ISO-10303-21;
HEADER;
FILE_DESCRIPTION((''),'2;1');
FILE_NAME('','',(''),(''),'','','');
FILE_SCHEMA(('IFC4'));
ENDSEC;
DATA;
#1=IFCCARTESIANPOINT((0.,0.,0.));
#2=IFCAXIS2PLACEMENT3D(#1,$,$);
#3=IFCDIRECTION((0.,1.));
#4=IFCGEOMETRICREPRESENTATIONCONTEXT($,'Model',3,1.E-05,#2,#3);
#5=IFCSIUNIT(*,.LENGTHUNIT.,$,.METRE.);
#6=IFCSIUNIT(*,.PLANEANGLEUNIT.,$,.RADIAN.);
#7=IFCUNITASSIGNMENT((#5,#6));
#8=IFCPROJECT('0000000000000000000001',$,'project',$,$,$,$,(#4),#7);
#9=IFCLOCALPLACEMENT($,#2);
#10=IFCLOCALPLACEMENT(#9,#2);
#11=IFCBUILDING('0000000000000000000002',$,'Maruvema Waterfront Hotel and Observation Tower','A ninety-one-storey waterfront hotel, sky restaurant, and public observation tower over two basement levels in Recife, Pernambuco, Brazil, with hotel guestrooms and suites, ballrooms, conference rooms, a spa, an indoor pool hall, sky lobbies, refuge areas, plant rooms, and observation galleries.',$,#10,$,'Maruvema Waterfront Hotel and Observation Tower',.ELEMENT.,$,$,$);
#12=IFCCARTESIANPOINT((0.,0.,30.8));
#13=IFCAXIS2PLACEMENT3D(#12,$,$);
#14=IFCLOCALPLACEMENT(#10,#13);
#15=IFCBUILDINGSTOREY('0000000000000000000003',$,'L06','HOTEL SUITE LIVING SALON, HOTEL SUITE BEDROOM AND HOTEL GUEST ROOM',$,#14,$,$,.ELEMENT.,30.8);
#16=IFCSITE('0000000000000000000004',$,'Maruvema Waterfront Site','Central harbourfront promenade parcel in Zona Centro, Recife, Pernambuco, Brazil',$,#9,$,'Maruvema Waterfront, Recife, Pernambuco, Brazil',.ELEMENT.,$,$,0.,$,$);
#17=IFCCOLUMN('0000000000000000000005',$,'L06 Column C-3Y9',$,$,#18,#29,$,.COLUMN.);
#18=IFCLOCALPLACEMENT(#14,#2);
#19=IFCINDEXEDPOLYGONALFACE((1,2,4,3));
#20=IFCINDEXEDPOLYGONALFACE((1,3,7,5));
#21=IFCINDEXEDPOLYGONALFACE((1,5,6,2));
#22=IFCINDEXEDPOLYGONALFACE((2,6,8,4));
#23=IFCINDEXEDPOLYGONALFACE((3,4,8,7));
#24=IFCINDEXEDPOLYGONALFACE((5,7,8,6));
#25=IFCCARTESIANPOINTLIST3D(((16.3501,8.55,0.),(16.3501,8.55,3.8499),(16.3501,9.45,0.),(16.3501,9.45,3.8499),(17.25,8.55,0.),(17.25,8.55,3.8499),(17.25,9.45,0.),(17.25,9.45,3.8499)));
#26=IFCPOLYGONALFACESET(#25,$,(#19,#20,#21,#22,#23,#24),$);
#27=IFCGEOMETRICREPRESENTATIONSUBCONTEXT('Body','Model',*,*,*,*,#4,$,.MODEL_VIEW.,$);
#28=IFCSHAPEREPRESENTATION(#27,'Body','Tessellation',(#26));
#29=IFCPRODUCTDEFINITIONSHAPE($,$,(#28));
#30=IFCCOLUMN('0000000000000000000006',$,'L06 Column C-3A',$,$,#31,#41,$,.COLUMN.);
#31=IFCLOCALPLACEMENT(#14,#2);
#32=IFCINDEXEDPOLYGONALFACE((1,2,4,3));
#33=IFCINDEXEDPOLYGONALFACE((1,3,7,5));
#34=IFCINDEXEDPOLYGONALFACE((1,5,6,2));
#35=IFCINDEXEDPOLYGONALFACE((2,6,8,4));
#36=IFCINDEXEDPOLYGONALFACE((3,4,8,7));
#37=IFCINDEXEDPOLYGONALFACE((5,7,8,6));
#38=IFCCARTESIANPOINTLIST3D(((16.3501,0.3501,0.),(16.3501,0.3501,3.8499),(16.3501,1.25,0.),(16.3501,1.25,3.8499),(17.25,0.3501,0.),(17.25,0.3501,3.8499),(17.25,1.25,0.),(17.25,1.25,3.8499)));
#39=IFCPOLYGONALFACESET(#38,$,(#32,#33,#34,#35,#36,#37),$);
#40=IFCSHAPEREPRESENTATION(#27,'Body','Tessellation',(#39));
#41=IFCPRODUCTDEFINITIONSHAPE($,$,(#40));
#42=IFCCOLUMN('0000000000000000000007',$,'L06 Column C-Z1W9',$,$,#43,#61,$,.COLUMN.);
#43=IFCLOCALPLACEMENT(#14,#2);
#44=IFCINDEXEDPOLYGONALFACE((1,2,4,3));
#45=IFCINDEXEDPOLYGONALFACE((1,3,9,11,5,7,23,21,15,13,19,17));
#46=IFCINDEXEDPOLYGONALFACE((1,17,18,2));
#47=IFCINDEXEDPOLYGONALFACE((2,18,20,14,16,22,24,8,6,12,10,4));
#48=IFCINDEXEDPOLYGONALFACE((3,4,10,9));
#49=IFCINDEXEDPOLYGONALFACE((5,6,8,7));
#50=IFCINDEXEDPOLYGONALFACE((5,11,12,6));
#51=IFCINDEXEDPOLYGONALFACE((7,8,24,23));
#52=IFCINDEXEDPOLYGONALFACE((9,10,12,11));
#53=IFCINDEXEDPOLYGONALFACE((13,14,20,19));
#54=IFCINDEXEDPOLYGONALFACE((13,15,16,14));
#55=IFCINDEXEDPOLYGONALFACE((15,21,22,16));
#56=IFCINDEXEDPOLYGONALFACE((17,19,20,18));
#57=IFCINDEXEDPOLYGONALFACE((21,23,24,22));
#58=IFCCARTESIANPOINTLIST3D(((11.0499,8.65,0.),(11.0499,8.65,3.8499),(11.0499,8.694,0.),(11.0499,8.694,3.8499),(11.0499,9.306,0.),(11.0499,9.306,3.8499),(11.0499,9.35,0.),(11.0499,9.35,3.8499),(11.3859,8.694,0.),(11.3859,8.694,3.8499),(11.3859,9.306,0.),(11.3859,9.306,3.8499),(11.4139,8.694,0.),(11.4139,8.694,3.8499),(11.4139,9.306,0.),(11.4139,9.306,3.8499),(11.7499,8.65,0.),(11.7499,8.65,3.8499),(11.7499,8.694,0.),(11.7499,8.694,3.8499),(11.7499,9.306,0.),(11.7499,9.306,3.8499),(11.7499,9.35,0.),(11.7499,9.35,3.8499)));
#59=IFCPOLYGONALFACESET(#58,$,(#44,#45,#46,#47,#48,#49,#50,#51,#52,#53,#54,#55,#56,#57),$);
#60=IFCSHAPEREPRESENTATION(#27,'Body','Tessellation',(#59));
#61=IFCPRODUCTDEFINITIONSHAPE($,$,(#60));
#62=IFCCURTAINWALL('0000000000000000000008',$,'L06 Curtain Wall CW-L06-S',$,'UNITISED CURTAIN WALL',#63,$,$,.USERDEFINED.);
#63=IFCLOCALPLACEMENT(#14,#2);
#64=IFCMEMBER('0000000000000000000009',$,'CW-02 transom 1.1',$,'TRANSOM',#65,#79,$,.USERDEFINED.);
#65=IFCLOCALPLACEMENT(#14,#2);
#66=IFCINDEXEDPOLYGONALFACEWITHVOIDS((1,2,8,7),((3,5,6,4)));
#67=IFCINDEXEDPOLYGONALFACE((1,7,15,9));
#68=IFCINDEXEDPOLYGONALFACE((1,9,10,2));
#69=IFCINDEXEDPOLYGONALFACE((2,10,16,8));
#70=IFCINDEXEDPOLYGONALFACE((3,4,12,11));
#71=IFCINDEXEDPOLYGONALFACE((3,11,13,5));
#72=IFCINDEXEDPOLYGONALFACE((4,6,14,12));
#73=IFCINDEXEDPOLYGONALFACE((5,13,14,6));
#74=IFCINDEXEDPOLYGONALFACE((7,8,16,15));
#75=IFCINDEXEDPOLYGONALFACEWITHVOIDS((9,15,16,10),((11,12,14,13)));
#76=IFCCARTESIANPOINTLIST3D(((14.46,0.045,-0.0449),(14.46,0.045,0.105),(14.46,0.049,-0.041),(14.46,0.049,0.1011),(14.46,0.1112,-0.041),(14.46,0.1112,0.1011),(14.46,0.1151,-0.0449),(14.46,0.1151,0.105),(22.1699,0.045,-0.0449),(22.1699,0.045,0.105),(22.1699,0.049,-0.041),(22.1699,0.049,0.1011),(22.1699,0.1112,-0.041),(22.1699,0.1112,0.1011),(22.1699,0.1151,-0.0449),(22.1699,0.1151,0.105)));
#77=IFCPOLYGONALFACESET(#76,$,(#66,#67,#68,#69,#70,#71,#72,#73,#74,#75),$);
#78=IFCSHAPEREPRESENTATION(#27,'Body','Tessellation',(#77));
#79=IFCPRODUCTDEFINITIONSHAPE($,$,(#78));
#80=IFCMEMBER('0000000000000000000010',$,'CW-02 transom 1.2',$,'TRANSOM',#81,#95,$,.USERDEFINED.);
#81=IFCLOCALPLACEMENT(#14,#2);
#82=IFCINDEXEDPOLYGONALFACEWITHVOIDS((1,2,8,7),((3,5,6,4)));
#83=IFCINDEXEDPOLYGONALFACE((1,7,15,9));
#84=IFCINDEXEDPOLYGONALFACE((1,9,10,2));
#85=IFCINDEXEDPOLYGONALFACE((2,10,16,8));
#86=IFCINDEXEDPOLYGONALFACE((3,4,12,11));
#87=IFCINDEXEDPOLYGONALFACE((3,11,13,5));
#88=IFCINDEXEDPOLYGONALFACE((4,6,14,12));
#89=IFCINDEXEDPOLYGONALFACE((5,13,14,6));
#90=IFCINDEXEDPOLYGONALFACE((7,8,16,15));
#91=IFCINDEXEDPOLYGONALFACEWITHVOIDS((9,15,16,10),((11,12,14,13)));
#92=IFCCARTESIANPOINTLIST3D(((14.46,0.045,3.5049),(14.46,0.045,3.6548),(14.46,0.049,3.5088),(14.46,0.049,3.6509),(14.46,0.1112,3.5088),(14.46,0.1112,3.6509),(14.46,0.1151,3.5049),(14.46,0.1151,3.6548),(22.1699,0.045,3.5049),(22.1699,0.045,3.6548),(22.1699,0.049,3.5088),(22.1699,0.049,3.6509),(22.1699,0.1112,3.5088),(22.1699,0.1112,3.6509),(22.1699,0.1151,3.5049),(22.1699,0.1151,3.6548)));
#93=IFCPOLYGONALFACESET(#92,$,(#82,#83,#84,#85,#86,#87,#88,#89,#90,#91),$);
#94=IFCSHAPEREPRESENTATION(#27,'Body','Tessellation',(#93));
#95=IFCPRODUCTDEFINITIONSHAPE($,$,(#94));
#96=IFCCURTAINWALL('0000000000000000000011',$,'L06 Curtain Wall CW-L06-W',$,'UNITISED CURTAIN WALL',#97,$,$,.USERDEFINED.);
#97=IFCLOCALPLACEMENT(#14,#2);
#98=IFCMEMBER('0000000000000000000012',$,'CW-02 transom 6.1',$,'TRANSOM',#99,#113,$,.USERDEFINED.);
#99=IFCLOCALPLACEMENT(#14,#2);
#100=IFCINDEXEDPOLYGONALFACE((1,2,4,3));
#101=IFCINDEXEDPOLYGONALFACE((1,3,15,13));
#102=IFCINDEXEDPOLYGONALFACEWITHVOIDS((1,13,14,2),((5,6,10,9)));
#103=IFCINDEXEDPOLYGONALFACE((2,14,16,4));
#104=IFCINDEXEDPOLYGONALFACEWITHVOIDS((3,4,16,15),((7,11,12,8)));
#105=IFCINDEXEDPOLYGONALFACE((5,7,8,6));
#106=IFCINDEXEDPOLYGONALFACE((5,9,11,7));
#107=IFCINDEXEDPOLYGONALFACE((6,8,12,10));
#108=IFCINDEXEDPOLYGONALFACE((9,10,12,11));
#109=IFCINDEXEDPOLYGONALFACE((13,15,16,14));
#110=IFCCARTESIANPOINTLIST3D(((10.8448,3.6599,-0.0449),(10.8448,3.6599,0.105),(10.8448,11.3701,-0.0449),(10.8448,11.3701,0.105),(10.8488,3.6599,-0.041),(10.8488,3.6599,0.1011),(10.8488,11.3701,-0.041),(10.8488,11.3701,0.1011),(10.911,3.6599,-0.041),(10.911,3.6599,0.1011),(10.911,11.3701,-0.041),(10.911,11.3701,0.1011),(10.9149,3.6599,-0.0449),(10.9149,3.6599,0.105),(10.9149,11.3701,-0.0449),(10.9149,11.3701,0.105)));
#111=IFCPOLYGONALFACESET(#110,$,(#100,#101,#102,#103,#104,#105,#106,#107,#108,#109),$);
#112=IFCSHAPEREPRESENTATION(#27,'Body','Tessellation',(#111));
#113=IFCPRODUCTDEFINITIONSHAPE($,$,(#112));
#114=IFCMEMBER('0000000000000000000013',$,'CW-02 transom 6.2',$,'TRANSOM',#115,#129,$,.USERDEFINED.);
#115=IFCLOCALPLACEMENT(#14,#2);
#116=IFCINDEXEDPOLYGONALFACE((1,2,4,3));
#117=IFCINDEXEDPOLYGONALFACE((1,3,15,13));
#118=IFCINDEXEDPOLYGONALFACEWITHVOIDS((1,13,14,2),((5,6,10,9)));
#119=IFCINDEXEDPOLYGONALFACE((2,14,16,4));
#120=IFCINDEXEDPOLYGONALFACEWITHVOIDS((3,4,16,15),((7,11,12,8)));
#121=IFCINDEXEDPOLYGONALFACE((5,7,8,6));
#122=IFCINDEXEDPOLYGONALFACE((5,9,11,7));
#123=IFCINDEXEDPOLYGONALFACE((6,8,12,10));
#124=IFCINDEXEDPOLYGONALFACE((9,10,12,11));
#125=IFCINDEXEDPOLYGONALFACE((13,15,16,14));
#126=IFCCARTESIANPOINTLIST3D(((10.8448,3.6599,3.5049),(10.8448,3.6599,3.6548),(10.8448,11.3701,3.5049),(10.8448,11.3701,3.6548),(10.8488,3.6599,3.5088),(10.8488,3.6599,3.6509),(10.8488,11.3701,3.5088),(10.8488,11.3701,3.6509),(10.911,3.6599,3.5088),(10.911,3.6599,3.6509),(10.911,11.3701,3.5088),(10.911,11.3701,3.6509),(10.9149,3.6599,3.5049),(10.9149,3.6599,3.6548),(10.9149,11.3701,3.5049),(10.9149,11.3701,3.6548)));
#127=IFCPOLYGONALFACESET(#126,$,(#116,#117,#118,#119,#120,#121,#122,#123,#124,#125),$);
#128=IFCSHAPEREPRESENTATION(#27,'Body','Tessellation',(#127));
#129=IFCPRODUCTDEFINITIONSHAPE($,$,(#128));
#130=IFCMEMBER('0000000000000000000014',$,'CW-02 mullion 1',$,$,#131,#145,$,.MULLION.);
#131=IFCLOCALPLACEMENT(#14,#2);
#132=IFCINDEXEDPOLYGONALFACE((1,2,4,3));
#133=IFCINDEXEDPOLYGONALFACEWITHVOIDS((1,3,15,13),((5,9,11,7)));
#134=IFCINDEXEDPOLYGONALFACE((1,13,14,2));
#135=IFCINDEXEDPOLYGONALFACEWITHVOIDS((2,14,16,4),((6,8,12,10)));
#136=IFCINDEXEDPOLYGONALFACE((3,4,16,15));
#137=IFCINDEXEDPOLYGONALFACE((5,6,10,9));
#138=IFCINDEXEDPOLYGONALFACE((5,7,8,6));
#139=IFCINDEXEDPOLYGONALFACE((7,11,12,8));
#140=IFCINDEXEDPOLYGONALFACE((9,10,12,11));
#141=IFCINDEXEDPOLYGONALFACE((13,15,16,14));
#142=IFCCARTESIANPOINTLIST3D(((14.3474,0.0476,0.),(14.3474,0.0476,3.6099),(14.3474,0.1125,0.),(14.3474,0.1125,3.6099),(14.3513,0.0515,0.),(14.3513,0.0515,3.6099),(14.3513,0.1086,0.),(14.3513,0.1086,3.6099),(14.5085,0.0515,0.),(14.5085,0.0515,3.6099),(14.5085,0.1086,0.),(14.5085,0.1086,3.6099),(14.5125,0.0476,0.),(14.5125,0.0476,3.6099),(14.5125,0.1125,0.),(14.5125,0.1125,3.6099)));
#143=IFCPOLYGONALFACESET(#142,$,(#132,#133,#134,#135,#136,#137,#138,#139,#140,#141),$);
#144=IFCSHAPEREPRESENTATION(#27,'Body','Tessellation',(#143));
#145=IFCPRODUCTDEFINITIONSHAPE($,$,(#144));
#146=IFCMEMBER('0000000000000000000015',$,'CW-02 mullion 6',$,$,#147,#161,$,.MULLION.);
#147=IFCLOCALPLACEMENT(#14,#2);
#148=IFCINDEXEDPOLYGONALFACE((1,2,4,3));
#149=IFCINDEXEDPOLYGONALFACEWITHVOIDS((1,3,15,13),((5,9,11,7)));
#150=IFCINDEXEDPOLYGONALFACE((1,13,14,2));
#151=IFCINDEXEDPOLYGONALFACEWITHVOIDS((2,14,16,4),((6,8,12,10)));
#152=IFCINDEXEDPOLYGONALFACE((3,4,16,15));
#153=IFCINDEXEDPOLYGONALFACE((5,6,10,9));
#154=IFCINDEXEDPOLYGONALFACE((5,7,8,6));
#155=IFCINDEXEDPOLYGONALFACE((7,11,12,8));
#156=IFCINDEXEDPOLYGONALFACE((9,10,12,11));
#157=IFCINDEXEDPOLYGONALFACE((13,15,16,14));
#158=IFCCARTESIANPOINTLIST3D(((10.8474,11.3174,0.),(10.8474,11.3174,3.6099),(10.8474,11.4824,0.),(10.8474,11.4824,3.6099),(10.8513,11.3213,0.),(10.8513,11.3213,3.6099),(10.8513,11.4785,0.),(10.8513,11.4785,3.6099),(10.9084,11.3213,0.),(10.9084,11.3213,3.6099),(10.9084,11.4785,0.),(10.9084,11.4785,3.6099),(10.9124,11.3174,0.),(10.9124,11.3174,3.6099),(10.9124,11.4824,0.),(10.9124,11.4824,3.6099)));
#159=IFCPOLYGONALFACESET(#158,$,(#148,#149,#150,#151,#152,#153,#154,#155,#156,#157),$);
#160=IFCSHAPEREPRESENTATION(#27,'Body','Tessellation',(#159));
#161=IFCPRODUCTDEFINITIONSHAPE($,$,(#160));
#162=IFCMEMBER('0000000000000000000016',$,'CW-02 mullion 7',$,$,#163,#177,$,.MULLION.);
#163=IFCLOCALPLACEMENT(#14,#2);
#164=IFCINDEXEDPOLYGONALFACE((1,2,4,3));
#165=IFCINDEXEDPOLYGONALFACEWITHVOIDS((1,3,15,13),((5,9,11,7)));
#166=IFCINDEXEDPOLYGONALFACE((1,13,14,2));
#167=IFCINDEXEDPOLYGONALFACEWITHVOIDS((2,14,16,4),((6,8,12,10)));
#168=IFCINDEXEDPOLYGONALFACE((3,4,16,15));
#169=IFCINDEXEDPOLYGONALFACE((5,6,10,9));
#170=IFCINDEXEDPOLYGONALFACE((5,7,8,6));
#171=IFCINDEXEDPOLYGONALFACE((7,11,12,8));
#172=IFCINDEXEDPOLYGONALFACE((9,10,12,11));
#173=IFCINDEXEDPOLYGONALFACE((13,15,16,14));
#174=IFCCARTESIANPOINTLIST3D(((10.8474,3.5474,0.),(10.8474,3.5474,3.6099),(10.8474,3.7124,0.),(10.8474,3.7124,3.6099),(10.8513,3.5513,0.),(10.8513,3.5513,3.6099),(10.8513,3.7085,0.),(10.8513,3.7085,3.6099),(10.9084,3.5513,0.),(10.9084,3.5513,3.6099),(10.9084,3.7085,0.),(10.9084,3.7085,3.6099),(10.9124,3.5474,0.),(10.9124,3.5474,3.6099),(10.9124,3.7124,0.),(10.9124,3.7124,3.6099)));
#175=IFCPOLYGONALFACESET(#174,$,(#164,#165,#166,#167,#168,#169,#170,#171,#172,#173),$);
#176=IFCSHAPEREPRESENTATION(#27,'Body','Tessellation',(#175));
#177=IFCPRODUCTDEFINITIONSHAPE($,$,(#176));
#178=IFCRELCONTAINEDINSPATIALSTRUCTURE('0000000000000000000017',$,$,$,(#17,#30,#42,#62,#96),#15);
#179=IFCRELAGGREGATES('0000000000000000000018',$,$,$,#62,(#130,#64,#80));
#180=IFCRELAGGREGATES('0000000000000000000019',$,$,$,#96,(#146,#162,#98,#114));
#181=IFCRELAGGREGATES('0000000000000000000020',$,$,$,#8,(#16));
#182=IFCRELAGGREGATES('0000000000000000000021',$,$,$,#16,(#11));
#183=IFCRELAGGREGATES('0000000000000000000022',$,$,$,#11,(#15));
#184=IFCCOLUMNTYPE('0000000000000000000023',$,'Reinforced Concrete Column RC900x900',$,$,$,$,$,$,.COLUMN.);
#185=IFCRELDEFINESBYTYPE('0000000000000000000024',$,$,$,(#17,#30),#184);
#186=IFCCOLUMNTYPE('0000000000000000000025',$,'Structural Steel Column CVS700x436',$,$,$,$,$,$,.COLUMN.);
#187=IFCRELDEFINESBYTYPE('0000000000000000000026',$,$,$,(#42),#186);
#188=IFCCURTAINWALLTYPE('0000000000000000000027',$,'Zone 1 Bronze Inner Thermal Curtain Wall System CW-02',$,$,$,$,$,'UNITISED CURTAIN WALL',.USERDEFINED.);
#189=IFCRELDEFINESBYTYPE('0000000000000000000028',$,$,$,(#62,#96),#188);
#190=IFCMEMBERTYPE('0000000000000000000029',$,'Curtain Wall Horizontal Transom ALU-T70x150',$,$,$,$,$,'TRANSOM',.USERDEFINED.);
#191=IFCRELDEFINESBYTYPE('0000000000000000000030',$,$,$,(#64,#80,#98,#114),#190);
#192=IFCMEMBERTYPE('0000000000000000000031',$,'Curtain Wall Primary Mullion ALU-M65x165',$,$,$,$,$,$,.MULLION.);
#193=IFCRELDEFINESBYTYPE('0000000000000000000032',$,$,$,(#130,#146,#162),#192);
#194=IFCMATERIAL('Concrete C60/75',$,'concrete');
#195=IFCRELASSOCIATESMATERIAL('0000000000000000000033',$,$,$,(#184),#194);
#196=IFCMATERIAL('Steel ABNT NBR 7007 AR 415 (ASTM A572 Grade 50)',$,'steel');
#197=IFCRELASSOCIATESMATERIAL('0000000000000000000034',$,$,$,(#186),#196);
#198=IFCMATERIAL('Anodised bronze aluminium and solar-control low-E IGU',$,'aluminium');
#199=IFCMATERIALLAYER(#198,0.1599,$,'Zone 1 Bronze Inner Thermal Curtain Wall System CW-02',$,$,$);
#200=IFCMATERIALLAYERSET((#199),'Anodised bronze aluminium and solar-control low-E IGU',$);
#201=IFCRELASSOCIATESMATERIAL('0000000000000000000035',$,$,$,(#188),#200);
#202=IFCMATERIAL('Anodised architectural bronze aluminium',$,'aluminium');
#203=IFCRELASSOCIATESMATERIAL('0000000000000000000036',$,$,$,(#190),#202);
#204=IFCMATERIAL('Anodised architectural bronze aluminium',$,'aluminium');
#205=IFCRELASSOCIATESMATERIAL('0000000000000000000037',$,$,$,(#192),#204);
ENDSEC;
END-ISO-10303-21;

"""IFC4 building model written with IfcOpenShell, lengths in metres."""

from ifc_helpers import new_model, si_unit, direction, frame, origin, origin_2d, place, context, subcontext, project, spatial, rectangle, hollow_rectangle, i_section, extrude, material, layer, layer_set, material_profile, profile_set, type_object, element, aggregate, save


model = new_model("IFC4")

# Units and contexts
model_context = context("Model", 3, precision=1e-05, world=origin(), true_north=direction((0.0, 1.0)))
body_context = subcontext(model_context, "Body", "Model", "MODEL_VIEW")
ifc_project = project(units=[si_unit("LENGTHUNIT", "METRE"), si_unit("PLANEANGLEUNIT", "RADIAN")], contexts=[model_context])

# Site, building, storey
site_placement = place(None, origin())
site = spatial("IfcSite", under=ifc_project, at=site_placement, Name="Maruvema Waterfront Site", Description="Central harbourfront promenade parcel in Zona Centro, Recife, Pernambuco, Brazil", LongName="Maruvema Waterfront, Recife, Pernambuco, Brazil", CompositionType="ELEMENT", RefElevation=0.0)
building_placement = place(site_placement, origin())
building = spatial("IfcBuilding", under=site, at=building_placement, Name="Maruvema Waterfront Hotel and Observation Tower", Description="A ninety-one-storey waterfront hotel, sky restaurant, and public observation tower over two basement levels in Recife, Pernambuco, Brazil, with hotel guestrooms and suites, ballrooms, conference rooms, a spa, an indoor pool hall, sky lobbies, refuge areas, plant rooms, and observation galleries.", LongName="Maruvema Waterfront Hotel and Observation Tower", CompositionType="ELEMENT")
storey_placement = place(building_placement, frame((0.0, 0.0, 30.8)))
storey = spatial("IfcBuildingStorey", under=building, at=storey_placement, Name="L06", Description="HOTEL SUITE LIVING SALON, HOTEL SUITE BEDROOM AND HOTEL GUEST ROOM", CompositionType="ELEMENT", Elevation=30.8)

# Columns
ifc_material_1 = material(Name="Concrete C60/75", Category="concrete")
ifc_material_profile_1 = material_profile(ifc_material_1, rectangle(XDim=0.8999, YDim=0.8999, at=origin_2d()), Name="RC900x900")
ifc_profile_set_1 = profile_set([ifc_material_profile_1], Name="Concrete C60/75")
column_type_1 = type_object("IfcColumnType", Name="Reinforced Concrete Column RC900x900", PredefinedType="COLUMN", material=ifc_profile_set_1)
for number, where, z_axis, x_axis, name in (
    (1, (16.8, 9.0, 0.0), (0.0, 0.0, 1.0), (1.0, 0.0, 0.0), "L06 Column C-3Y9"),
    (2, (16.8, 0.8, 0.0), (0.0, 0.0, 1.0), (1.0, 0.0, 0.0), "L06 Column C-3A"),
):
    element("IfcColumn", number, at=place(storey_placement, frame(where, z_axis=z_axis, x_axis=x_axis)), inside=storey, type_object=column_type_1, Name=name, PredefinedType="COLUMN", context=body_context, shape_type="SweptSolid", body=[
        extrude(rectangle(XDim=0.8999, YDim=0.8999, at=origin_2d()), origin(), (0.0, 0.0, 1.0), 3.8499),
    ])
ifc_material_2 = material(Name="Steel ABNT NBR 7007 AR 415 (ASTM A572 Grade 50)", Category="steel")
ifc_material_profile_2 = material_profile(ifc_material_2, i_section(OverallWidth=0.7, OverallDepth=0.7, WebThickness=0.0281, FlangeThickness=0.0439, at=origin_2d()), Name="CVS700x436")
ifc_profile_set_2 = profile_set([ifc_material_profile_2], Name="Steel ABNT NBR 7007 AR 415 (ASTM A572 Grade 50)")
column_type_2 = type_object("IfcColumnType", Name="Structural Steel Column CVS700x436", PredefinedType="COLUMN", material=ifc_profile_set_2)
column_placement = place(storey_placement, frame((11.3999, 9.0, 0.0), z_axis=(0.0, 0.0, 1.0), x_axis=(1.0, 0.0, 0.0)))
element("IfcColumn", 3, at=column_placement, inside=storey, type_object=column_type_2, Name="L06 Column C-Z1W9", PredefinedType="COLUMN", context=body_context, shape_type="SweptSolid", body=[
    extrude(i_section(OverallWidth=0.7, OverallDepth=0.7, WebThickness=0.0281, FlangeThickness=0.0439, at=origin_2d()), origin(), (0.0, 0.0, 1.0), 3.8499),
])

# Curtain walls, members
ifc_material_3 = material(Name="Anodised bronze aluminium and solar-control low-E IGU", Category="aluminium")
ifc_layer_1 = layer(ifc_material_3, 0.1599, Name="Zone 1 Bronze Inner Thermal Curtain Wall System CW-02")
ifc_layer_set_1 = layer_set([ifc_layer_1], Name="Anodised bronze aluminium and solar-control low-E IGU")
curtain_wall_type = type_object("IfcCurtainWallType", Name="Zone 1 Bronze Inner Thermal Curtain Wall System CW-02", ElementType="UNITISED CURTAIN WALL", PredefinedType="USERDEFINED", material=ifc_layer_set_1)
curtain_wall_1_placement = place(storey_placement, origin())
curtain_wall_1 = element("IfcCurtainWall", 4, at=curtain_wall_1_placement, inside=storey, type_object=curtain_wall_type, Name="L06 Curtain Wall CW-L06-S", ObjectType="UNITISED CURTAIN WALL", PredefinedType="USERDEFINED")
ifc_material_4 = material(Name="Anodised architectural bronze aluminium", Category="aluminium")
ifc_material_profile_3 = material_profile(ifc_material_4, hollow_rectangle(XDim=0.0701, YDim=0.1499, WallThickness=0.0039, at=origin_2d()), Name="ALU-T70x150")
ifc_profile_set_3 = profile_set([ifc_material_profile_3], Name="Anodised architectural bronze aluminium")
member_type_1 = type_object("IfcMemberType", Name="Curtain Wall Horizontal Transom ALU-T70x150", ElementType="TRANSOM", PredefinedType="USERDEFINED", material=ifc_profile_set_3)
member_1_placement = place(storey_placement, frame((14.46, 0.0801, 0.03), z_axis=(1.0, 0.0, 0.0), x_axis=(0.0, 1.0, 0.0)))
member_1 = element("IfcMember", 5, at=member_1_placement, type_object=member_type_1, Name="CW-02 transom 1.1", ObjectType="TRANSOM", PredefinedType="USERDEFINED", context=body_context, shape_type="SweptSolid", body=[
    extrude(hollow_rectangle(XDim=0.0701, YDim=0.1499, WallThickness=0.0039, at=origin_2d()), origin(), (0.0, 0.0, 1.0), 7.71),
])
member_2_placement = place(storey_placement, frame((14.46, 0.0801, 3.5798), z_axis=(1.0, 0.0, 0.0), x_axis=(0.0, 1.0, 0.0)))
member_2 = element("IfcMember", 6, at=member_2_placement, type_object=member_type_1, Name="CW-02 transom 1.2", ObjectType="TRANSOM", PredefinedType="USERDEFINED", context=body_context, shape_type="SweptSolid", body=[
    extrude(hollow_rectangle(XDim=0.0701, YDim=0.1499, WallThickness=0.0039, at=origin_2d()), origin(), (0.0, 0.0, 1.0), 7.71),
])
curtain_wall_2_placement = place(storey_placement, origin())
curtain_wall_2 = element("IfcCurtainWall", 7, at=curtain_wall_2_placement, inside=storey, type_object=curtain_wall_type, Name="L06 Curtain Wall CW-L06-W", ObjectType="UNITISED CURTAIN WALL", PredefinedType="USERDEFINED")
member_3_placement = place(storey_placement, frame((10.8799, 11.3701, 0.03), z_axis=(0.0, -1.0, 0.0), x_axis=(1.0, 0.0, 0.0)))
member_3 = element("IfcMember", 8, at=member_3_placement, type_object=member_type_1, Name="CW-02 transom 6.1", ObjectType="TRANSOM", PredefinedType="USERDEFINED", context=body_context, shape_type="SweptSolid", body=[
    extrude(hollow_rectangle(XDim=0.0701, YDim=0.1499, WallThickness=0.0039, at=origin_2d()), origin(), (0.0, 0.0, 1.0), 7.7102),
])
member_4_placement = place(storey_placement, frame((10.8799, 11.3701, 3.5798), z_axis=(0.0, -1.0, 0.0), x_axis=(1.0, 0.0, 0.0)))
member_4 = element("IfcMember", 9, at=member_4_placement, type_object=member_type_1, Name="CW-02 transom 6.2", ObjectType="TRANSOM", PredefinedType="USERDEFINED", context=body_context, shape_type="SweptSolid", body=[
    extrude(hollow_rectangle(XDim=0.0701, YDim=0.1499, WallThickness=0.0039, at=origin_2d()), origin(), (0.0, 0.0, 1.0), 7.7102),
])

# Members
ifc_material_5 = material(Name="Anodised architectural bronze aluminium", Category="aluminium")
ifc_material_profile_4 = material_profile(ifc_material_5, hollow_rectangle(XDim=0.0649, YDim=0.165, WallThickness=0.0039, at=origin_2d()), Name="ALU-M65x165")
ifc_profile_set_4 = profile_set([ifc_material_profile_4], Name="Anodised architectural bronze aluminium")
member_type_2 = type_object("IfcMemberType", Name="Curtain Wall Primary Mullion ALU-M65x165", PredefinedType="MULLION", material=ifc_profile_set_4)
member_5_placement = place(storey_placement, frame((14.4299, 0.0801, 0.0), z_axis=(0.0, 0.0, 1.0), x_axis=(0.0, 1.0, 0.0)))
member_5 = element("IfcMember", 10, at=member_5_placement, type_object=member_type_2, Name="CW-02 mullion 1", PredefinedType="MULLION", context=body_context, shape_type="SweptSolid", body=[
    extrude(hollow_rectangle(XDim=0.0649, YDim=0.165, WallThickness=0.0039, at=origin_2d()), origin(), (0.0, 0.0, 1.0), 3.6099),
])
member_6_placement = place(storey_placement, frame((10.8799, 11.3999, 0.0), z_axis=(0.0, 0.0, 1.0), x_axis=(1.0, 0.0, 0.0)))
member_6 = element("IfcMember", 11, at=member_6_placement, type_object=member_type_2, Name="CW-02 mullion 6", PredefinedType="MULLION", context=body_context, shape_type="SweptSolid", body=[
    extrude(hollow_rectangle(XDim=0.0649, YDim=0.165, WallThickness=0.0039, at=origin_2d()), origin(), (0.0, 0.0, 1.0), 3.6099),
])
member_7_placement = place(storey_placement, frame((10.8799, 3.6299, 0.0), z_axis=(0.0, 0.0, 1.0), x_axis=(1.0, 0.0, 0.0)))
member_7 = element("IfcMember", 12, at=member_7_placement, type_object=member_type_2, Name="CW-02 mullion 7", PredefinedType="MULLION", context=body_context, shape_type="SweptSolid", body=[
    extrude(hollow_rectangle(XDim=0.0649, YDim=0.165, WallThickness=0.0039, at=origin_2d()), origin(), (0.0, 0.0, 1.0), 3.6099),
])

aggregate(curtain_wall_1, [member_5, member_1, member_2])
aggregate(curtain_wall_2, [member_6, member_7, member_3, member_4])

save(model, "model.ifc")
